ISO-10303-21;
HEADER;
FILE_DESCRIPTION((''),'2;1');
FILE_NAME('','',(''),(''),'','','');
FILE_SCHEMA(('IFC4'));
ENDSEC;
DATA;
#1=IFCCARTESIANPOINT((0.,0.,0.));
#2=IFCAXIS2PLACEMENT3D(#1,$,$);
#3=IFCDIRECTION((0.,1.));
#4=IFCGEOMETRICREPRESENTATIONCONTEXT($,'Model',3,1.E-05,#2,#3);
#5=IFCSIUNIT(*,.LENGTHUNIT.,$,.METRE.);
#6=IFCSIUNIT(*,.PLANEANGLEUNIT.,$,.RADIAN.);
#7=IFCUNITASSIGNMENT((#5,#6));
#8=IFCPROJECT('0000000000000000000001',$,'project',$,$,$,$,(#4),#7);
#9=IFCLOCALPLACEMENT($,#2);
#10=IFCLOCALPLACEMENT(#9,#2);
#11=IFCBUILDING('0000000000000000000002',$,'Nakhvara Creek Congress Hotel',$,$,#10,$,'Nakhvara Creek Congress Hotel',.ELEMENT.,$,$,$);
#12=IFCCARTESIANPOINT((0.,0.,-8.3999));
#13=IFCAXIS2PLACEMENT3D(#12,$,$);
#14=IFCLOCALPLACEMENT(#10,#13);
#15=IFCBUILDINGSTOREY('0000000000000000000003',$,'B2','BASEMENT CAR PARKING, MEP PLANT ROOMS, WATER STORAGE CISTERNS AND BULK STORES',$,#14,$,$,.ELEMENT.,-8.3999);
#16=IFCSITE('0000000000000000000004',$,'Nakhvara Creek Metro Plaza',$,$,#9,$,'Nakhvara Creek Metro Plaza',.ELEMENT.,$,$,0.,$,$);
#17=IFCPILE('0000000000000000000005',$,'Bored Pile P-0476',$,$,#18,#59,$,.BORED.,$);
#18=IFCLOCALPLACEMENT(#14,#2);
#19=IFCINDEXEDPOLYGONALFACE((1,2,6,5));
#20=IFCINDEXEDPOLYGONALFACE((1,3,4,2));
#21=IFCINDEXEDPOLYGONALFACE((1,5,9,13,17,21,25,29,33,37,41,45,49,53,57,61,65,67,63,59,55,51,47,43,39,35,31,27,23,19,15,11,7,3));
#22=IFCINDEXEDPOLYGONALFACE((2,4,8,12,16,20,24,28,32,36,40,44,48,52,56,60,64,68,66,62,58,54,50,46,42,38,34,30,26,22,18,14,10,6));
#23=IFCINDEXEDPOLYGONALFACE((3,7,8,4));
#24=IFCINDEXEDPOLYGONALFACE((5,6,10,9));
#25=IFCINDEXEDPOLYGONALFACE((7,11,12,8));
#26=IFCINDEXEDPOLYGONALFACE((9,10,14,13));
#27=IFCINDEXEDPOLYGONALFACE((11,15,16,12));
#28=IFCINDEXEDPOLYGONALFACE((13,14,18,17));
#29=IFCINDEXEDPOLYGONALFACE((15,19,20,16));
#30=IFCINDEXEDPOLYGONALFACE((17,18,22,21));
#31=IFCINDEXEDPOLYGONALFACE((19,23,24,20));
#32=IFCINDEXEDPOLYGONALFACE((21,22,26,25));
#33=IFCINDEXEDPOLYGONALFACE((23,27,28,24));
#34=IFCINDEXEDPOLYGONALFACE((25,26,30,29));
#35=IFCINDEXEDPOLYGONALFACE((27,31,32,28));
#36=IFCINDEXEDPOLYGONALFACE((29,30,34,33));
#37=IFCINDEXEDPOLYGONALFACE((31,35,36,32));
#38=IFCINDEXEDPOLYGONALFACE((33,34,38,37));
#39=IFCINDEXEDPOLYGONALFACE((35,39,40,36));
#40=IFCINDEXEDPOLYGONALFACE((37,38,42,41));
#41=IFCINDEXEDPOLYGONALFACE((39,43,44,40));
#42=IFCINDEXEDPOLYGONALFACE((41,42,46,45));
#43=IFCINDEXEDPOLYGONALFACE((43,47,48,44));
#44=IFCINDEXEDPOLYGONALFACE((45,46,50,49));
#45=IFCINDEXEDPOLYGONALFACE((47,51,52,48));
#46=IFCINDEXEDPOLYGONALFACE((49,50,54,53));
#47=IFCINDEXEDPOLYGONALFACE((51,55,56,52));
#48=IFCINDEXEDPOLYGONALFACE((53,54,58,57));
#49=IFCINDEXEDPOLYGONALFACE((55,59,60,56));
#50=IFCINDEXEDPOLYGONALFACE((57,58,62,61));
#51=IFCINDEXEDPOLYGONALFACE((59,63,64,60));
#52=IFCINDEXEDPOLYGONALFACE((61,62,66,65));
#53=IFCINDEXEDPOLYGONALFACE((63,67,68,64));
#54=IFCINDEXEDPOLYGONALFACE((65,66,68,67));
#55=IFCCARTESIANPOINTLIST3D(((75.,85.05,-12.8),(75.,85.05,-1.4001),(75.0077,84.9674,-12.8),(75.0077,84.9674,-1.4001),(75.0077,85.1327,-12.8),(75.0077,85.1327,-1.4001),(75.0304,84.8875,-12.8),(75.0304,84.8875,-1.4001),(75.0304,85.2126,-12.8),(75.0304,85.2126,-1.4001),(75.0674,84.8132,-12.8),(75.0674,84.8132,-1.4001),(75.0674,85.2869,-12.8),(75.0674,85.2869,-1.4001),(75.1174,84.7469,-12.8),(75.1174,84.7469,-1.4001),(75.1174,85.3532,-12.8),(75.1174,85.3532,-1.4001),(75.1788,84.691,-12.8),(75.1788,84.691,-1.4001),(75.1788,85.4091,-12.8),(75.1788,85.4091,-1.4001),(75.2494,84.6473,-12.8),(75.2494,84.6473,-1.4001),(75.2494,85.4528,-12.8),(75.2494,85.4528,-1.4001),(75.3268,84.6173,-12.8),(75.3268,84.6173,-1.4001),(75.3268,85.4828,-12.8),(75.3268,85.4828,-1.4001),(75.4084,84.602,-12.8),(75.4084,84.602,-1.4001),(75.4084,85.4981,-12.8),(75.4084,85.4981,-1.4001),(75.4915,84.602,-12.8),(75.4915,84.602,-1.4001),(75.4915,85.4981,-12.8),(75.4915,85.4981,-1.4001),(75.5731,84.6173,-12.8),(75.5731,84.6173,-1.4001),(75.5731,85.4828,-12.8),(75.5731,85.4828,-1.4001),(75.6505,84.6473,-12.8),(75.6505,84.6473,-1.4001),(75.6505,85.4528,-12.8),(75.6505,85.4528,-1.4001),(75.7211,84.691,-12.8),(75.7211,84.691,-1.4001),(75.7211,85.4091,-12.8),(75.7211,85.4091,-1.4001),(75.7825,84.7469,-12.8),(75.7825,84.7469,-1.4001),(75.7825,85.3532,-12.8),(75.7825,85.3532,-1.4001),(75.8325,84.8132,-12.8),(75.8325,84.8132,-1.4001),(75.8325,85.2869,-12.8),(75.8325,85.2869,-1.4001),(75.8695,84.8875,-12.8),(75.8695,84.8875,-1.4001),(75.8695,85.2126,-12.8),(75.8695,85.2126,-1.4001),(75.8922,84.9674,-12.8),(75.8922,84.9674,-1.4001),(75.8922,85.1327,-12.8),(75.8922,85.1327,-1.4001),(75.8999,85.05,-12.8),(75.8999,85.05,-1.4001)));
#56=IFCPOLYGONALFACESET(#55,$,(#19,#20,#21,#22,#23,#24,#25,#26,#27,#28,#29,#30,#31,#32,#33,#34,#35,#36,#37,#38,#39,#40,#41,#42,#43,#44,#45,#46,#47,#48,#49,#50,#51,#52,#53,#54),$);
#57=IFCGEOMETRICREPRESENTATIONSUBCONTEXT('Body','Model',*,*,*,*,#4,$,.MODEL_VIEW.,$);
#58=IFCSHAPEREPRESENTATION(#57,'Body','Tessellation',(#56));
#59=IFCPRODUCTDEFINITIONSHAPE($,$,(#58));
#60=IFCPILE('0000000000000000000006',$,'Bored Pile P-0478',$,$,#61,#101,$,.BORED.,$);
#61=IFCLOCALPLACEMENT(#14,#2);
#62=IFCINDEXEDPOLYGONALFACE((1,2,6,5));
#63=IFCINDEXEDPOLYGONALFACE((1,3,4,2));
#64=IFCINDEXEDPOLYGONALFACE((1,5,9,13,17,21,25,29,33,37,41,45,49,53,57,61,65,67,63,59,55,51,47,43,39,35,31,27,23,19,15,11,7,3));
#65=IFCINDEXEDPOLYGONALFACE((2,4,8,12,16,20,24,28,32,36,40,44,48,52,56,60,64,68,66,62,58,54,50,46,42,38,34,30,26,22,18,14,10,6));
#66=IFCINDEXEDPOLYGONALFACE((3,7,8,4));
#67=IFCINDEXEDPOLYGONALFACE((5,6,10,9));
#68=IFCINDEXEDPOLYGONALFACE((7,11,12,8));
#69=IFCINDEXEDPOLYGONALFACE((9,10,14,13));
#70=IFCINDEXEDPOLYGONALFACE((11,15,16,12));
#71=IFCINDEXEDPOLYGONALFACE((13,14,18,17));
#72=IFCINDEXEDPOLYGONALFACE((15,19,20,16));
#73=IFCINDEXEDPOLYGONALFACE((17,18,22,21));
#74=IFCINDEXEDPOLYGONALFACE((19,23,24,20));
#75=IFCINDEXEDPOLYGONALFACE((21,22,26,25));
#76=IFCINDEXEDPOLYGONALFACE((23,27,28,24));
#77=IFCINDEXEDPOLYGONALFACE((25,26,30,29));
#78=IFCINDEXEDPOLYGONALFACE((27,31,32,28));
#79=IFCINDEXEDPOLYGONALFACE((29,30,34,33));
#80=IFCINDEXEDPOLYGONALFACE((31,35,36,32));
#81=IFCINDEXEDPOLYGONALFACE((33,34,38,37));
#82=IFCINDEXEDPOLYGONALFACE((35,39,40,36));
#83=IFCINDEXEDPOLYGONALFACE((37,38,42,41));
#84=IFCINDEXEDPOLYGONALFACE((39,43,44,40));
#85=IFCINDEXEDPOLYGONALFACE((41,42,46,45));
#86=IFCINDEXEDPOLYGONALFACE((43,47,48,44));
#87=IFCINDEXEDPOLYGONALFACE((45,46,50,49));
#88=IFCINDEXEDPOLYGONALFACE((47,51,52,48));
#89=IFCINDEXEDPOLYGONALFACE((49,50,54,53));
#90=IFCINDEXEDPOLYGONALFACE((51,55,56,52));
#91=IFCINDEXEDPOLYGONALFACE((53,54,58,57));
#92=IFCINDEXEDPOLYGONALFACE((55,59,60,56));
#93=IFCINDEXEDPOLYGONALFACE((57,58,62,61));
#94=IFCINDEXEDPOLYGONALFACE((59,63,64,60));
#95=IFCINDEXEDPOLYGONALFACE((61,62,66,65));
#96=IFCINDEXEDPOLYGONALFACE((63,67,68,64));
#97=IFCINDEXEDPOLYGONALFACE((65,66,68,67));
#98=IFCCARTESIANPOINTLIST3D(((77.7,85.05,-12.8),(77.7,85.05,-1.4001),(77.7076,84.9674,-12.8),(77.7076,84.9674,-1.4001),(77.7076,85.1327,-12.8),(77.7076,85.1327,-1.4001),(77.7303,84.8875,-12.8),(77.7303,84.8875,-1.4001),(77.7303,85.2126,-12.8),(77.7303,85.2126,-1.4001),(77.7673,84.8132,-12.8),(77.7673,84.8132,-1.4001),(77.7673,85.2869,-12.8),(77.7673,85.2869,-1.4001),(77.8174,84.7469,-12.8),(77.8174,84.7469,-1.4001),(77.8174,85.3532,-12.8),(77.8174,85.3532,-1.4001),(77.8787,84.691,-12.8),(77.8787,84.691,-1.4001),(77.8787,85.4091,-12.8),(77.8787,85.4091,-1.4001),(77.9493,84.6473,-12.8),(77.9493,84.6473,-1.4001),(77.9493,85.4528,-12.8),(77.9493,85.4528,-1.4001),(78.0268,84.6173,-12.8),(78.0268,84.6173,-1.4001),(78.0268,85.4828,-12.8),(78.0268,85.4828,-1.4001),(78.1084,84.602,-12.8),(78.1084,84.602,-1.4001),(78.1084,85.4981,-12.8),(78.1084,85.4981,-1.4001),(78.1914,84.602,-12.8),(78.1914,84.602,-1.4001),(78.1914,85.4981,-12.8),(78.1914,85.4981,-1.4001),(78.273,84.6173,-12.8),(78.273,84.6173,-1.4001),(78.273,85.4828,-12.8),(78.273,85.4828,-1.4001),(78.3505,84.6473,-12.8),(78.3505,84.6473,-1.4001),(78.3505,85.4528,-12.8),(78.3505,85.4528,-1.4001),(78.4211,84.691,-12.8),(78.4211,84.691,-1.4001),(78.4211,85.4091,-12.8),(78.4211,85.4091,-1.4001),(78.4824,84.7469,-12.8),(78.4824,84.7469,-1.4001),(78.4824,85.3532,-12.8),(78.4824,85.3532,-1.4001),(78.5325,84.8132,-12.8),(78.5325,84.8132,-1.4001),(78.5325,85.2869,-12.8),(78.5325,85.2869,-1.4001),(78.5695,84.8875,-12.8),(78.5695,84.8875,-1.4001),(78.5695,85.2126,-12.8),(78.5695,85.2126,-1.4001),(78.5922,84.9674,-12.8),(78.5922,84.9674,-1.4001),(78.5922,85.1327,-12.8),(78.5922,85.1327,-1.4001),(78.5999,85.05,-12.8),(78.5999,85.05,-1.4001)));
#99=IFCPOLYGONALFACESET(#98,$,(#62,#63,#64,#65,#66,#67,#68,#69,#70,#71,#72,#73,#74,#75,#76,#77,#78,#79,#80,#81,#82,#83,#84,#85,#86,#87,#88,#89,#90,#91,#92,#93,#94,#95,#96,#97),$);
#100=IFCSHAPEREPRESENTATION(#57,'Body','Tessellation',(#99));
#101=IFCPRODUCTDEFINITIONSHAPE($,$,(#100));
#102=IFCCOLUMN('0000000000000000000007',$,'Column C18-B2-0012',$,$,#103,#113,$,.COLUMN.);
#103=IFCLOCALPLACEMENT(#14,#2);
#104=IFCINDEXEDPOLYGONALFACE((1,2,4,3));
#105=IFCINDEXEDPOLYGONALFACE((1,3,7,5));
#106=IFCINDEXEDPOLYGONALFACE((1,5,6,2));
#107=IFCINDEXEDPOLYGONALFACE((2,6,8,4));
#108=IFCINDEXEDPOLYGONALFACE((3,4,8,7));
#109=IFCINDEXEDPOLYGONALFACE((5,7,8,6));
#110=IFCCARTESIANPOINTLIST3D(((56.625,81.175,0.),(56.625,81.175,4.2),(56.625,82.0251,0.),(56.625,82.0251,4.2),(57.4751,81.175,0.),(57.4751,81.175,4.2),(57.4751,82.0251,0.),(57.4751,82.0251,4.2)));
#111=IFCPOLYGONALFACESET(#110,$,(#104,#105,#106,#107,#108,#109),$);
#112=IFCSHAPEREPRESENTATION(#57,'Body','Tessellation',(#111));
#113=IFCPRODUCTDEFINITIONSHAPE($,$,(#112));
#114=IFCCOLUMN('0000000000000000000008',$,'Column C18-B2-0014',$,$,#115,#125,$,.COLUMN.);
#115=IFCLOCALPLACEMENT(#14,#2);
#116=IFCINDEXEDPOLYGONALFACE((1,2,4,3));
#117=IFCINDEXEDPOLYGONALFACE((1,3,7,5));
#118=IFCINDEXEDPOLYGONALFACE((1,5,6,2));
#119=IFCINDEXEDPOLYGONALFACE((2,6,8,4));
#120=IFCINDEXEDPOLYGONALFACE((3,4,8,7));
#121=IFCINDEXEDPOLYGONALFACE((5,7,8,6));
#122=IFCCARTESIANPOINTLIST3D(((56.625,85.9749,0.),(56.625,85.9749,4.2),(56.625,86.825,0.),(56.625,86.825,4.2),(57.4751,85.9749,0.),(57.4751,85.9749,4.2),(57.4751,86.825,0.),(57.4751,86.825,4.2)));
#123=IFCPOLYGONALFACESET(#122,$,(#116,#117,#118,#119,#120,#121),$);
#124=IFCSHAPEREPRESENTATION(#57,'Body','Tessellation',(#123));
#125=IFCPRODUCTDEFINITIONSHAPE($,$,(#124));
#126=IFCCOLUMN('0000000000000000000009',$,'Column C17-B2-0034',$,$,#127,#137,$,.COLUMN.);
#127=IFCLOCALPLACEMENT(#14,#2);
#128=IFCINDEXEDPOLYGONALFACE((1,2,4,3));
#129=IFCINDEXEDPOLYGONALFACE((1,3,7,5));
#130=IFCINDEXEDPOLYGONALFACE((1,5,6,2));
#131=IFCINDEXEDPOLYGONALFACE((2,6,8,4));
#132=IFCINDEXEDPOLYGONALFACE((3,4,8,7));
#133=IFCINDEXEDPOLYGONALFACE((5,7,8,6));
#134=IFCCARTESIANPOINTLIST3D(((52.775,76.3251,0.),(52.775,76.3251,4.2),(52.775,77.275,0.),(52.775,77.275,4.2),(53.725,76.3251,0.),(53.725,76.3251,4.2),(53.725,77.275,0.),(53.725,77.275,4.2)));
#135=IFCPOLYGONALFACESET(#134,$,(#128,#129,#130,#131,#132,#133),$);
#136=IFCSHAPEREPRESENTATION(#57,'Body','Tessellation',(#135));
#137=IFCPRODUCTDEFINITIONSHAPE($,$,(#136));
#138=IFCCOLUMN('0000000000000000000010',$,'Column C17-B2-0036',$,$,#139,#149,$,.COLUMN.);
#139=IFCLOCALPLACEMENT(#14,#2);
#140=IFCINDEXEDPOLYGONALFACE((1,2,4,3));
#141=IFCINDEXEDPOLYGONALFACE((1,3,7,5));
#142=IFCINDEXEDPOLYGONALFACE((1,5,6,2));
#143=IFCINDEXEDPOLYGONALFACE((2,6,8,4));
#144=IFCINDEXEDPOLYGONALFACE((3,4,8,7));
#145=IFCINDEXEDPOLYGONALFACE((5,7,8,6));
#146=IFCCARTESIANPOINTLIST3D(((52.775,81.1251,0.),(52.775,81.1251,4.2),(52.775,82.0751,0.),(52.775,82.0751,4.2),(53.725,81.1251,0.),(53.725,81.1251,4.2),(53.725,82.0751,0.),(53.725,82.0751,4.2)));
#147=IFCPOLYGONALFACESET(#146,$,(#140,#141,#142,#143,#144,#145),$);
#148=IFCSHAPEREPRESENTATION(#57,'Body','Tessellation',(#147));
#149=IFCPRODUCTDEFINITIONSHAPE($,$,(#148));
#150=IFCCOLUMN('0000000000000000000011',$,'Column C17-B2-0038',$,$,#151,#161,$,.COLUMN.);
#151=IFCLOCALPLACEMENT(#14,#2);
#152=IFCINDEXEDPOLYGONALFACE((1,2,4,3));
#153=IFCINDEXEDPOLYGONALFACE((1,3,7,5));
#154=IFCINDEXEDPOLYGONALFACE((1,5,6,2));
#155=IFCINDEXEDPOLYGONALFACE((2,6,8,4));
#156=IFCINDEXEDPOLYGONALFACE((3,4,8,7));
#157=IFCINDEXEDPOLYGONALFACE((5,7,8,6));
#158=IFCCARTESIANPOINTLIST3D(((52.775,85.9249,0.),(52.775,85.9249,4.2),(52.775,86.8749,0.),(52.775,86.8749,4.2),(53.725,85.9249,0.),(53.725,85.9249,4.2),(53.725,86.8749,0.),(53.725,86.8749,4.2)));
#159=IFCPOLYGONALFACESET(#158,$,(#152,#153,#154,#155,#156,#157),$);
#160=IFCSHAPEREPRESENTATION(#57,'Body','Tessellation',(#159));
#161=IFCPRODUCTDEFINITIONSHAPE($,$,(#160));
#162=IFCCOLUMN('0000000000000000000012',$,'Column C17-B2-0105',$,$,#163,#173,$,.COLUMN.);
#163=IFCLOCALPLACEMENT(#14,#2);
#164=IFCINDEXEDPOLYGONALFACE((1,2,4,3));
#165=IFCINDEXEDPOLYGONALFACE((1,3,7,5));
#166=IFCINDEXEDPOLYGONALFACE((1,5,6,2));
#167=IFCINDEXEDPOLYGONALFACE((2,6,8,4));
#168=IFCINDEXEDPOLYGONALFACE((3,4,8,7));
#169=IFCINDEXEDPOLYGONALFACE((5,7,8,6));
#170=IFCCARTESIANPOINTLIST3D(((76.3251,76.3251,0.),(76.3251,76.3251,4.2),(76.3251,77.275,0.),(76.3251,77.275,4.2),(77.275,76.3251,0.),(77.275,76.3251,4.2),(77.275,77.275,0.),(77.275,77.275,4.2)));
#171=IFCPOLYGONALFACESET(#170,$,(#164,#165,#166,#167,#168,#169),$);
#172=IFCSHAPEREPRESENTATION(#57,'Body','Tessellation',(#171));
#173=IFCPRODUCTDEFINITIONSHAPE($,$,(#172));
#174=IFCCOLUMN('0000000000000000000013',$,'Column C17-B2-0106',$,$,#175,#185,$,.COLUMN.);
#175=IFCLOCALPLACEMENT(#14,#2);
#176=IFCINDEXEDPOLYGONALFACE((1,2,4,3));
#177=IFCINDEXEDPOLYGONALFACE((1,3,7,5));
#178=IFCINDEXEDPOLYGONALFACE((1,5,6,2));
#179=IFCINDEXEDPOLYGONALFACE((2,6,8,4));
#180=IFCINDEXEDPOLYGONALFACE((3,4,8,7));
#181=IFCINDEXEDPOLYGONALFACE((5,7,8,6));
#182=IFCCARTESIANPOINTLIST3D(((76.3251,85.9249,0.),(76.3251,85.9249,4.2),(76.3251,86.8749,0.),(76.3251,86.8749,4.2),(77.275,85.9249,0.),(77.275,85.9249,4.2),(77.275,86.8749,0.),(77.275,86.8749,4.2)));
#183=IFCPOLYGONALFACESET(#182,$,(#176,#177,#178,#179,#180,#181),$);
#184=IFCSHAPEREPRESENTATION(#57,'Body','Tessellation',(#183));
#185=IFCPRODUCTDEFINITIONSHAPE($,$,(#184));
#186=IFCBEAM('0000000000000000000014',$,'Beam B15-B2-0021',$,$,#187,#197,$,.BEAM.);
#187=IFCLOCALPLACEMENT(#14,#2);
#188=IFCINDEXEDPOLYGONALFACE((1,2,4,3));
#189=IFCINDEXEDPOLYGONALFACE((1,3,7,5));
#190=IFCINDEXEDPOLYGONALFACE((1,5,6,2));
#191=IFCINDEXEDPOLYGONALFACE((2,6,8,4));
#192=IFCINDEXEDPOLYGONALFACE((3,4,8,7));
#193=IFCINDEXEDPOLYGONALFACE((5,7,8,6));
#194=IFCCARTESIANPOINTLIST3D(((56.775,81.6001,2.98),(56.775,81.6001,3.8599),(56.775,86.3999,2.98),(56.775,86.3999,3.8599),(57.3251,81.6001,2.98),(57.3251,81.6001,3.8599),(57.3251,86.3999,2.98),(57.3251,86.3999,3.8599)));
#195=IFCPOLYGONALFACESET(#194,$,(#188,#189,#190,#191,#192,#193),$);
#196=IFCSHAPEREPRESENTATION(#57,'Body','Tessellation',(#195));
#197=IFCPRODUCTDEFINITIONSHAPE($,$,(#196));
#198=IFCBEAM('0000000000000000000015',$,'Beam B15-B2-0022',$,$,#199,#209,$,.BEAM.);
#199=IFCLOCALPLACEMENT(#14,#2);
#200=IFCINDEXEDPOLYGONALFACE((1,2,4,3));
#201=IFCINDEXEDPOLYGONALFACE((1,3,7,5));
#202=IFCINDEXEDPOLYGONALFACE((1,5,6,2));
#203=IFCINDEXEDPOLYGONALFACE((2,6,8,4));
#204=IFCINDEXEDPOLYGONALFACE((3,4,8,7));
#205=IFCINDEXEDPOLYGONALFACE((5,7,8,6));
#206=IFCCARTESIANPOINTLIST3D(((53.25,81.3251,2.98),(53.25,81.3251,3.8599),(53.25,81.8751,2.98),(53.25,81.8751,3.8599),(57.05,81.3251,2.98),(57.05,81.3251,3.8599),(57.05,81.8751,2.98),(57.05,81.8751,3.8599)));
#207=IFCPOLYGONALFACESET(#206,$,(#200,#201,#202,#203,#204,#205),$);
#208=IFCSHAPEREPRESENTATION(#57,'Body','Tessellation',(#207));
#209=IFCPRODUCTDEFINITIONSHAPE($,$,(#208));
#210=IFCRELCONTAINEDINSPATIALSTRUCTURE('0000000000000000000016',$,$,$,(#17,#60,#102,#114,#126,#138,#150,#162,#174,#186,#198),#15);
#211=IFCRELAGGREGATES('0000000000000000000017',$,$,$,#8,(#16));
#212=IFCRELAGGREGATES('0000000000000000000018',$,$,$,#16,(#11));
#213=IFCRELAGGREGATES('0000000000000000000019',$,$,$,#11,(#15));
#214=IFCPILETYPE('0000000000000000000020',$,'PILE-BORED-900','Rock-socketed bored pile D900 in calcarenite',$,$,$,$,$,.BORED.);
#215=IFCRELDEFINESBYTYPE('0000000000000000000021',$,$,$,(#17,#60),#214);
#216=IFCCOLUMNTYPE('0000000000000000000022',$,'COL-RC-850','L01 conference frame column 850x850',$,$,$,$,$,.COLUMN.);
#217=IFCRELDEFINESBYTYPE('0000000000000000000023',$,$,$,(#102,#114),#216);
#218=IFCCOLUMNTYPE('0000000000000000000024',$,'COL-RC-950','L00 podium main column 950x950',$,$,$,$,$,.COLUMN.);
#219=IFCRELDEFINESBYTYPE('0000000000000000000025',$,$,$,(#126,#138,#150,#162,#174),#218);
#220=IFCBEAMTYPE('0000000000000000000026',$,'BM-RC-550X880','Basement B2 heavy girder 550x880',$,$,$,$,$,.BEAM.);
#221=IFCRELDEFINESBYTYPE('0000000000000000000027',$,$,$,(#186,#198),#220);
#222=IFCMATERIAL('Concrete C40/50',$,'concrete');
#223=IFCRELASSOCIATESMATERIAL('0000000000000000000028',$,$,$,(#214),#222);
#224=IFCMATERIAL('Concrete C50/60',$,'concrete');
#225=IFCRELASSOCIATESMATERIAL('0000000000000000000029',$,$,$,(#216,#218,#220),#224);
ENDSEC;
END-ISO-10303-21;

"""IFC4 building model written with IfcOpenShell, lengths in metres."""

from ifc_helpers import new_model, si_unit, direction, frame, origin, origin_2d, place, context, subcontext, project, spatial, rectangle, circle, extrude, material, material_profile, profile_set, type_object, element, save


model = new_model("IFC4")

# Units and contexts
model_context = context("Model", 3, precision=1e-05, world=origin(), true_north=direction((0.0, 1.0)))
body_context = subcontext(model_context, "Body", "Model", "MODEL_VIEW")
ifc_project = project(units=[si_unit("LENGTHUNIT", "METRE"), si_unit("PLANEANGLEUNIT", "RADIAN")], contexts=[model_context])

# Site, building, storey
site_placement = place(None, origin())
site = spatial("IfcSite", under=ifc_project, at=site_placement, Name="Nakhvara Creek Metro Plaza", LongName="Nakhvara Creek Metro Plaza", CompositionType="ELEMENT", RefElevation=0.0)
building_placement = place(site_placement, origin())
building = spatial("IfcBuilding", under=site, at=building_placement, Name="Nakhvara Creek Congress Hotel", LongName="Nakhvara Creek Congress Hotel", CompositionType="ELEMENT")
storey_placement = place(building_placement, frame((0.0, 0.0, -8.3999)))
storey = spatial("IfcBuildingStorey", under=building, at=storey_placement, Name="B2", Description="BASEMENT CAR PARKING, MEP PLANT ROOMS, WATER STORAGE CISTERNS AND BULK STORES", CompositionType="ELEMENT", Elevation=-8.3999)

# Shared definitions
ifc_material_1 = material(Name="Concrete C40/50", Category="concrete")

# Piles
ifc_material_profile_1 = material_profile(ifc_material_1, circle(Radius=0.45, at=origin_2d()), Name="BORED PILE D900", Category="LoadBearing")
ifc_profile_set_1 = profile_set([ifc_material_profile_1], Name="Concrete C40/50")
pile_type = type_object("IfcPileType", Name="PILE-BORED-900", Description="Rock-socketed bored pile D900 in calcarenite", PredefinedType="BORED", material=ifc_profile_set_1)
for number, where, z_axis, x_axis, name in (
    (1, (75.45, 85.05, -1.4001), (0.0, 0.0, -1.0), (1.0, 0.0, 0.0), "Bored Pile P-0476"),
    (2, (78.1499, 85.05, -1.4001), (0.0, 0.0, -1.0), (1.0, 0.0, 0.0), "Bored Pile P-0478"),
):
    element("IfcPile", number, at=place(storey_placement, frame(where, z_axis=z_axis, x_axis=x_axis)), inside=storey, type_object=pile_type, Name=name, PredefinedType="BORED", context=body_context, shape_type="SweptSolid", body=[
        extrude(circle(Radius=0.45, at=origin_2d()), origin(), (0.0, 0.0, 1.0), 11.3999),
    ])

# Columns
ifc_material_2 = material(Name="Concrete C50/60", Category="concrete")
ifc_material_profile_2 = material_profile(ifc_material_2, rectangle(XDim=0.8501, YDim=0.8501, at=origin_2d()), Name="RC-COL 850x850", Category="LoadBearing")
ifc_profile_set_2 = profile_set([ifc_material_profile_2], Name="Concrete C50/60")
column_type_1 = type_object("IfcColumnType", Name="COL-RC-850", Description="L01 conference frame column 850x850", PredefinedType="COLUMN", material=ifc_profile_set_2)
for number, where, z_axis, x_axis, name in (
    (3, (57.05, 81.6001, 0.0), (0.0, 0.0, 1.0), (1.0, 0.0, 0.0), "Column C18-B2-0012"),
    (4, (57.05, 86.3999, 0.0), (0.0, 0.0, 1.0), (1.0, 0.0, 0.0), "Column C18-B2-0014"),
):
    element("IfcColumn", number, at=place(storey_placement, frame(where, z_axis=z_axis, x_axis=x_axis)), inside=storey, type_object=column_type_1, Name=name, PredefinedType="COLUMN", context=body_context, shape_type="SweptSolid", body=[
        extrude(rectangle(XDim=0.8501, YDim=0.8501, at=origin_2d()), origin(), (0.0, 0.0, 1.0), 4.2),
    ])
ifc_material_profile_3 = material_profile(ifc_material_2, rectangle(XDim=0.95, YDim=0.95, at=origin_2d()), Name="RC-COL 950x950", Category="LoadBearing")
ifc_profile_set_3 = profile_set([ifc_material_profile_3], Name="Concrete C50/60")
column_type_2 = type_object("IfcColumnType", Name="COL-RC-950", Description="L00 podium main column 950x950", PredefinedType="COLUMN", material=ifc_profile_set_3)
for number, where, z_axis, x_axis, name in (
    (5, (53.25, 76.8, 0.0), (0.0, 0.0, 1.0), (1.0, 0.0, 0.0), "Column C17-B2-0034"),
    (6, (53.25, 81.6001, 0.0), (0.0, 0.0, 1.0), (1.0, 0.0, 0.0), "Column C17-B2-0036"),
    (7, (53.25, 86.3999, 0.0), (0.0, 0.0, 1.0), (1.0, 0.0, 0.0), "Column C17-B2-0038"),
    (8, (76.8, 76.8, 0.0), (0.0, 0.0, 1.0), (1.0, 0.0, 0.0), "Column C17-B2-0105"),
    (9, (76.8, 86.3999, 0.0), (0.0, 0.0, 1.0), (1.0, 0.0, 0.0), "Column C17-B2-0106"),
):
    element("IfcColumn", number, at=place(storey_placement, frame(where, z_axis=z_axis, x_axis=x_axis)), inside=storey, type_object=column_type_2, Name=name, PredefinedType="COLUMN", context=body_context, shape_type="SweptSolid", body=[
        extrude(rectangle(XDim=0.95, YDim=0.95, at=origin_2d()), origin(), (0.0, 0.0, 1.0), 4.2),
    ])

# Beams
ifc_material_profile_4 = material_profile(ifc_material_2, rectangle(XDim=0.55, YDim=0.8799, at=origin_2d()), Name="RC-BM 550x880", Category="LoadBearing")
ifc_profile_set_4 = profile_set([ifc_material_profile_4], Name="Concrete C50/60")
beam_type = type_object("IfcBeamType", Name="BM-RC-550X880", Description="Basement B2 heavy girder 550x880", PredefinedType="BEAM", material=ifc_profile_set_4)
beam_1_placement = place(storey_placement, frame((57.05, 81.6001, 3.4199), z_axis=(0.0, 1.0, 0.0), x_axis=(-1.0, 0.0, 0.0)))
element("IfcBeam", 10, at=beam_1_placement, inside=storey, type_object=beam_type, Name="Beam B15-B2-0021", PredefinedType="BEAM", context=body_context, shape_type="SweptSolid", body=[
    extrude(rectangle(XDim=0.55, YDim=0.8799, at=origin_2d()), origin(), (0.0, 0.0, 1.0), 4.7998),
])
for number, where, z_axis, x_axis, name in (
    (11, (53.25, 81.6001, 3.4199), (1.0, 0.0, 0.0), (0.0, 1.0, 0.0), "Beam B15-B2-0022"),
):
    element("IfcBeam", number, at=place(storey_placement, frame(where, z_axis=z_axis, x_axis=x_axis)), inside=storey, type_object=beam_type, Name=name, PredefinedType="BEAM", context=body_context, shape_type="SweptSolid", body=[
        extrude(rectangle(XDim=0.55, YDim=0.8799, at=origin_2d()), origin(), (0.0, 0.0, 1.0), 3.8),
    ])

save(model, "model.ifc")
